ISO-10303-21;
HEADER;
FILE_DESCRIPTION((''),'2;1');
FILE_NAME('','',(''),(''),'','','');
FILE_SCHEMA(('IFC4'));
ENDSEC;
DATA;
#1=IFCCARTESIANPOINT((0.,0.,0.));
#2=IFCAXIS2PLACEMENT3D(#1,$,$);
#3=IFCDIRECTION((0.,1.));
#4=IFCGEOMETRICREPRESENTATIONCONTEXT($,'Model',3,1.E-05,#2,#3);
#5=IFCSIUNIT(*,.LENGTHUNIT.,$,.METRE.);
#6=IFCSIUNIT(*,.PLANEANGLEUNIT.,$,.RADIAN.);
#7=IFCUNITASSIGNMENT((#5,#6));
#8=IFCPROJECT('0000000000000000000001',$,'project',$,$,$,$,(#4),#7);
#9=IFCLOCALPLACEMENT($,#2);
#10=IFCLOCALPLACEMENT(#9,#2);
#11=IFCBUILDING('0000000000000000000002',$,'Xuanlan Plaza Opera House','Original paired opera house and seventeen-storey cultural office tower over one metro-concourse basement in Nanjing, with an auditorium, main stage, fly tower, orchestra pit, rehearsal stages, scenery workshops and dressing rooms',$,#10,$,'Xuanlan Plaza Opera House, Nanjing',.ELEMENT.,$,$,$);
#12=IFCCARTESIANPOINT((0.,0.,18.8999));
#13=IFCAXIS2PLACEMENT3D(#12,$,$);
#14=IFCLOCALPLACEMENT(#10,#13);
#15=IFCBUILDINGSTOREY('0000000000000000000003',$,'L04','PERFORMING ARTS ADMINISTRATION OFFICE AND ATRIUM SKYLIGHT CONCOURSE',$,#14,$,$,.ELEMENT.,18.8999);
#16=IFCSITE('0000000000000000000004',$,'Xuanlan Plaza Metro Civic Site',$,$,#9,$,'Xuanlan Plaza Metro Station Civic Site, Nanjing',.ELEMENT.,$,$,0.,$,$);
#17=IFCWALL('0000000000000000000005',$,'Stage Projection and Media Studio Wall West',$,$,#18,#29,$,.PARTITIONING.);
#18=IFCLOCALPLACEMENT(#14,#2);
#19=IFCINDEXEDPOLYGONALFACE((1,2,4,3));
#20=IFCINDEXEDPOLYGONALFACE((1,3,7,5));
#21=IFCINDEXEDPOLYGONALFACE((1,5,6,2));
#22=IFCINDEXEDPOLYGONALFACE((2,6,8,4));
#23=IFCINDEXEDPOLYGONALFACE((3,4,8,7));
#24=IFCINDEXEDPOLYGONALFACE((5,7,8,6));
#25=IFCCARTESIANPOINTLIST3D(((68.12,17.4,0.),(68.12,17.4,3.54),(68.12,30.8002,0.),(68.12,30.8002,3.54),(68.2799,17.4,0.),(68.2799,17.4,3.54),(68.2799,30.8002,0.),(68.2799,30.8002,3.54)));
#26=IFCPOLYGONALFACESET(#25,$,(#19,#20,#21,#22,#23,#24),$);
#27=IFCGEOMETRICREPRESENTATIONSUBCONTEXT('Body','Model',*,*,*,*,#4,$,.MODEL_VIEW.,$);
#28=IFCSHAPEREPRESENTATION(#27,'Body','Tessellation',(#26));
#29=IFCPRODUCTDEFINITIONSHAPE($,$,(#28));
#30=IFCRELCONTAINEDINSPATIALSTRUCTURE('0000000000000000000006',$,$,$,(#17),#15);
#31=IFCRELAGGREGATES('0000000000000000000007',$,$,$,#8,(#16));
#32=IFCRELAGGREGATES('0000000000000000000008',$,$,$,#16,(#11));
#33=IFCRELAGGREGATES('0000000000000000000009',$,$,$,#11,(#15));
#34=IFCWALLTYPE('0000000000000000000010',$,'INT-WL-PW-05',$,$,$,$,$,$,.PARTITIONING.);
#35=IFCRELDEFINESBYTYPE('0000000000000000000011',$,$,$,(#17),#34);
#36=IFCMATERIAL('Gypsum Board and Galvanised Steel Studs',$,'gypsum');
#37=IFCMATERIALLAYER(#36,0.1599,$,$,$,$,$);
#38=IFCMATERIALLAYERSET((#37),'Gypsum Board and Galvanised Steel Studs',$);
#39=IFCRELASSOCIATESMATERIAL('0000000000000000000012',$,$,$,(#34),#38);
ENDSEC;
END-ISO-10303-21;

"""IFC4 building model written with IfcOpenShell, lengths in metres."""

from ifc_helpers import new_model, si_unit, direction, frame, frame_2d, origin, place, context, subcontext, project, spatial, rectangle, extrude, material, layer, layer_set, type_object, element, save


model = new_model("IFC4")

# Units and contexts
model_context = context("Model", 3, precision=1e-05, world=origin(), true_north=direction((0.0, 1.0)))
body_context = subcontext(model_context, "Body", "Model", "MODEL_VIEW")
ifc_project = project(units=[si_unit("LENGTHUNIT", "METRE"), si_unit("PLANEANGLEUNIT", "RADIAN")], contexts=[model_context])

# Site, building, storey
site_placement = place(None, origin())
site = spatial("IfcSite", under=ifc_project, at=site_placement, Name="Xuanlan Plaza Metro Civic Site", LongName="Xuanlan Plaza Metro Station Civic Site, Nanjing", CompositionType="ELEMENT", RefElevation=0.0)
building_placement = place(site_placement, origin())
building = spatial("IfcBuilding", under=site, at=building_placement, Name="Xuanlan Plaza Opera House", Description="Original paired opera house and seventeen-storey cultural office tower over one metro-concourse basement in Nanjing, with an auditorium, main stage, fly tower, orchestra pit, rehearsal stages, scenery workshops and dressing rooms", LongName="Xuanlan Plaza Opera House, Nanjing", CompositionType="ELEMENT")
storey_placement = place(building_placement, frame((0.0, 0.0, 18.8999)))
storey = spatial("IfcBuildingStorey", under=building, at=storey_placement, Name="L04", Description="PERFORMING ARTS ADMINISTRATION OFFICE AND ATRIUM SKYLIGHT CONCOURSE", CompositionType="ELEMENT", Elevation=18.8999)

# Shared definitions
ifc_material_1 = material(Name="Gypsum Board and Galvanised Steel Studs", Category="gypsum")
ifc_layer_1 = layer(ifc_material_1, 0.1599)
ifc_layer_set_1 = layer_set([ifc_layer_1], Name="Gypsum Board and Galvanised Steel Studs")
wall_type = type_object("IfcWallType", Name="INT-WL-PW-05", PredefinedType="PARTITIONING", material=ifc_layer_set_1)

# Wall
wall_1_placement = place(storey_placement, frame((68.2, 17.3999, 0.0), z_axis=(0.0, 0.0, 1.0), x_axis=(0.0, 1.0, 0.0)))
element("IfcWall", 1, at=wall_1_placement, inside=storey, type_object=wall_type, Name="Stage Projection and Media Studio Wall West", PredefinedType="PARTITIONING", context=body_context, shape_type="SweptSolid", body=[
    extrude(rectangle(XDim=13.4001, YDim=0.1599, at=frame_2d((6.7002, 0.0))), origin(), (0.0, 0.0, 1.0), 3.54),
])

save(model, "model.ifc")
